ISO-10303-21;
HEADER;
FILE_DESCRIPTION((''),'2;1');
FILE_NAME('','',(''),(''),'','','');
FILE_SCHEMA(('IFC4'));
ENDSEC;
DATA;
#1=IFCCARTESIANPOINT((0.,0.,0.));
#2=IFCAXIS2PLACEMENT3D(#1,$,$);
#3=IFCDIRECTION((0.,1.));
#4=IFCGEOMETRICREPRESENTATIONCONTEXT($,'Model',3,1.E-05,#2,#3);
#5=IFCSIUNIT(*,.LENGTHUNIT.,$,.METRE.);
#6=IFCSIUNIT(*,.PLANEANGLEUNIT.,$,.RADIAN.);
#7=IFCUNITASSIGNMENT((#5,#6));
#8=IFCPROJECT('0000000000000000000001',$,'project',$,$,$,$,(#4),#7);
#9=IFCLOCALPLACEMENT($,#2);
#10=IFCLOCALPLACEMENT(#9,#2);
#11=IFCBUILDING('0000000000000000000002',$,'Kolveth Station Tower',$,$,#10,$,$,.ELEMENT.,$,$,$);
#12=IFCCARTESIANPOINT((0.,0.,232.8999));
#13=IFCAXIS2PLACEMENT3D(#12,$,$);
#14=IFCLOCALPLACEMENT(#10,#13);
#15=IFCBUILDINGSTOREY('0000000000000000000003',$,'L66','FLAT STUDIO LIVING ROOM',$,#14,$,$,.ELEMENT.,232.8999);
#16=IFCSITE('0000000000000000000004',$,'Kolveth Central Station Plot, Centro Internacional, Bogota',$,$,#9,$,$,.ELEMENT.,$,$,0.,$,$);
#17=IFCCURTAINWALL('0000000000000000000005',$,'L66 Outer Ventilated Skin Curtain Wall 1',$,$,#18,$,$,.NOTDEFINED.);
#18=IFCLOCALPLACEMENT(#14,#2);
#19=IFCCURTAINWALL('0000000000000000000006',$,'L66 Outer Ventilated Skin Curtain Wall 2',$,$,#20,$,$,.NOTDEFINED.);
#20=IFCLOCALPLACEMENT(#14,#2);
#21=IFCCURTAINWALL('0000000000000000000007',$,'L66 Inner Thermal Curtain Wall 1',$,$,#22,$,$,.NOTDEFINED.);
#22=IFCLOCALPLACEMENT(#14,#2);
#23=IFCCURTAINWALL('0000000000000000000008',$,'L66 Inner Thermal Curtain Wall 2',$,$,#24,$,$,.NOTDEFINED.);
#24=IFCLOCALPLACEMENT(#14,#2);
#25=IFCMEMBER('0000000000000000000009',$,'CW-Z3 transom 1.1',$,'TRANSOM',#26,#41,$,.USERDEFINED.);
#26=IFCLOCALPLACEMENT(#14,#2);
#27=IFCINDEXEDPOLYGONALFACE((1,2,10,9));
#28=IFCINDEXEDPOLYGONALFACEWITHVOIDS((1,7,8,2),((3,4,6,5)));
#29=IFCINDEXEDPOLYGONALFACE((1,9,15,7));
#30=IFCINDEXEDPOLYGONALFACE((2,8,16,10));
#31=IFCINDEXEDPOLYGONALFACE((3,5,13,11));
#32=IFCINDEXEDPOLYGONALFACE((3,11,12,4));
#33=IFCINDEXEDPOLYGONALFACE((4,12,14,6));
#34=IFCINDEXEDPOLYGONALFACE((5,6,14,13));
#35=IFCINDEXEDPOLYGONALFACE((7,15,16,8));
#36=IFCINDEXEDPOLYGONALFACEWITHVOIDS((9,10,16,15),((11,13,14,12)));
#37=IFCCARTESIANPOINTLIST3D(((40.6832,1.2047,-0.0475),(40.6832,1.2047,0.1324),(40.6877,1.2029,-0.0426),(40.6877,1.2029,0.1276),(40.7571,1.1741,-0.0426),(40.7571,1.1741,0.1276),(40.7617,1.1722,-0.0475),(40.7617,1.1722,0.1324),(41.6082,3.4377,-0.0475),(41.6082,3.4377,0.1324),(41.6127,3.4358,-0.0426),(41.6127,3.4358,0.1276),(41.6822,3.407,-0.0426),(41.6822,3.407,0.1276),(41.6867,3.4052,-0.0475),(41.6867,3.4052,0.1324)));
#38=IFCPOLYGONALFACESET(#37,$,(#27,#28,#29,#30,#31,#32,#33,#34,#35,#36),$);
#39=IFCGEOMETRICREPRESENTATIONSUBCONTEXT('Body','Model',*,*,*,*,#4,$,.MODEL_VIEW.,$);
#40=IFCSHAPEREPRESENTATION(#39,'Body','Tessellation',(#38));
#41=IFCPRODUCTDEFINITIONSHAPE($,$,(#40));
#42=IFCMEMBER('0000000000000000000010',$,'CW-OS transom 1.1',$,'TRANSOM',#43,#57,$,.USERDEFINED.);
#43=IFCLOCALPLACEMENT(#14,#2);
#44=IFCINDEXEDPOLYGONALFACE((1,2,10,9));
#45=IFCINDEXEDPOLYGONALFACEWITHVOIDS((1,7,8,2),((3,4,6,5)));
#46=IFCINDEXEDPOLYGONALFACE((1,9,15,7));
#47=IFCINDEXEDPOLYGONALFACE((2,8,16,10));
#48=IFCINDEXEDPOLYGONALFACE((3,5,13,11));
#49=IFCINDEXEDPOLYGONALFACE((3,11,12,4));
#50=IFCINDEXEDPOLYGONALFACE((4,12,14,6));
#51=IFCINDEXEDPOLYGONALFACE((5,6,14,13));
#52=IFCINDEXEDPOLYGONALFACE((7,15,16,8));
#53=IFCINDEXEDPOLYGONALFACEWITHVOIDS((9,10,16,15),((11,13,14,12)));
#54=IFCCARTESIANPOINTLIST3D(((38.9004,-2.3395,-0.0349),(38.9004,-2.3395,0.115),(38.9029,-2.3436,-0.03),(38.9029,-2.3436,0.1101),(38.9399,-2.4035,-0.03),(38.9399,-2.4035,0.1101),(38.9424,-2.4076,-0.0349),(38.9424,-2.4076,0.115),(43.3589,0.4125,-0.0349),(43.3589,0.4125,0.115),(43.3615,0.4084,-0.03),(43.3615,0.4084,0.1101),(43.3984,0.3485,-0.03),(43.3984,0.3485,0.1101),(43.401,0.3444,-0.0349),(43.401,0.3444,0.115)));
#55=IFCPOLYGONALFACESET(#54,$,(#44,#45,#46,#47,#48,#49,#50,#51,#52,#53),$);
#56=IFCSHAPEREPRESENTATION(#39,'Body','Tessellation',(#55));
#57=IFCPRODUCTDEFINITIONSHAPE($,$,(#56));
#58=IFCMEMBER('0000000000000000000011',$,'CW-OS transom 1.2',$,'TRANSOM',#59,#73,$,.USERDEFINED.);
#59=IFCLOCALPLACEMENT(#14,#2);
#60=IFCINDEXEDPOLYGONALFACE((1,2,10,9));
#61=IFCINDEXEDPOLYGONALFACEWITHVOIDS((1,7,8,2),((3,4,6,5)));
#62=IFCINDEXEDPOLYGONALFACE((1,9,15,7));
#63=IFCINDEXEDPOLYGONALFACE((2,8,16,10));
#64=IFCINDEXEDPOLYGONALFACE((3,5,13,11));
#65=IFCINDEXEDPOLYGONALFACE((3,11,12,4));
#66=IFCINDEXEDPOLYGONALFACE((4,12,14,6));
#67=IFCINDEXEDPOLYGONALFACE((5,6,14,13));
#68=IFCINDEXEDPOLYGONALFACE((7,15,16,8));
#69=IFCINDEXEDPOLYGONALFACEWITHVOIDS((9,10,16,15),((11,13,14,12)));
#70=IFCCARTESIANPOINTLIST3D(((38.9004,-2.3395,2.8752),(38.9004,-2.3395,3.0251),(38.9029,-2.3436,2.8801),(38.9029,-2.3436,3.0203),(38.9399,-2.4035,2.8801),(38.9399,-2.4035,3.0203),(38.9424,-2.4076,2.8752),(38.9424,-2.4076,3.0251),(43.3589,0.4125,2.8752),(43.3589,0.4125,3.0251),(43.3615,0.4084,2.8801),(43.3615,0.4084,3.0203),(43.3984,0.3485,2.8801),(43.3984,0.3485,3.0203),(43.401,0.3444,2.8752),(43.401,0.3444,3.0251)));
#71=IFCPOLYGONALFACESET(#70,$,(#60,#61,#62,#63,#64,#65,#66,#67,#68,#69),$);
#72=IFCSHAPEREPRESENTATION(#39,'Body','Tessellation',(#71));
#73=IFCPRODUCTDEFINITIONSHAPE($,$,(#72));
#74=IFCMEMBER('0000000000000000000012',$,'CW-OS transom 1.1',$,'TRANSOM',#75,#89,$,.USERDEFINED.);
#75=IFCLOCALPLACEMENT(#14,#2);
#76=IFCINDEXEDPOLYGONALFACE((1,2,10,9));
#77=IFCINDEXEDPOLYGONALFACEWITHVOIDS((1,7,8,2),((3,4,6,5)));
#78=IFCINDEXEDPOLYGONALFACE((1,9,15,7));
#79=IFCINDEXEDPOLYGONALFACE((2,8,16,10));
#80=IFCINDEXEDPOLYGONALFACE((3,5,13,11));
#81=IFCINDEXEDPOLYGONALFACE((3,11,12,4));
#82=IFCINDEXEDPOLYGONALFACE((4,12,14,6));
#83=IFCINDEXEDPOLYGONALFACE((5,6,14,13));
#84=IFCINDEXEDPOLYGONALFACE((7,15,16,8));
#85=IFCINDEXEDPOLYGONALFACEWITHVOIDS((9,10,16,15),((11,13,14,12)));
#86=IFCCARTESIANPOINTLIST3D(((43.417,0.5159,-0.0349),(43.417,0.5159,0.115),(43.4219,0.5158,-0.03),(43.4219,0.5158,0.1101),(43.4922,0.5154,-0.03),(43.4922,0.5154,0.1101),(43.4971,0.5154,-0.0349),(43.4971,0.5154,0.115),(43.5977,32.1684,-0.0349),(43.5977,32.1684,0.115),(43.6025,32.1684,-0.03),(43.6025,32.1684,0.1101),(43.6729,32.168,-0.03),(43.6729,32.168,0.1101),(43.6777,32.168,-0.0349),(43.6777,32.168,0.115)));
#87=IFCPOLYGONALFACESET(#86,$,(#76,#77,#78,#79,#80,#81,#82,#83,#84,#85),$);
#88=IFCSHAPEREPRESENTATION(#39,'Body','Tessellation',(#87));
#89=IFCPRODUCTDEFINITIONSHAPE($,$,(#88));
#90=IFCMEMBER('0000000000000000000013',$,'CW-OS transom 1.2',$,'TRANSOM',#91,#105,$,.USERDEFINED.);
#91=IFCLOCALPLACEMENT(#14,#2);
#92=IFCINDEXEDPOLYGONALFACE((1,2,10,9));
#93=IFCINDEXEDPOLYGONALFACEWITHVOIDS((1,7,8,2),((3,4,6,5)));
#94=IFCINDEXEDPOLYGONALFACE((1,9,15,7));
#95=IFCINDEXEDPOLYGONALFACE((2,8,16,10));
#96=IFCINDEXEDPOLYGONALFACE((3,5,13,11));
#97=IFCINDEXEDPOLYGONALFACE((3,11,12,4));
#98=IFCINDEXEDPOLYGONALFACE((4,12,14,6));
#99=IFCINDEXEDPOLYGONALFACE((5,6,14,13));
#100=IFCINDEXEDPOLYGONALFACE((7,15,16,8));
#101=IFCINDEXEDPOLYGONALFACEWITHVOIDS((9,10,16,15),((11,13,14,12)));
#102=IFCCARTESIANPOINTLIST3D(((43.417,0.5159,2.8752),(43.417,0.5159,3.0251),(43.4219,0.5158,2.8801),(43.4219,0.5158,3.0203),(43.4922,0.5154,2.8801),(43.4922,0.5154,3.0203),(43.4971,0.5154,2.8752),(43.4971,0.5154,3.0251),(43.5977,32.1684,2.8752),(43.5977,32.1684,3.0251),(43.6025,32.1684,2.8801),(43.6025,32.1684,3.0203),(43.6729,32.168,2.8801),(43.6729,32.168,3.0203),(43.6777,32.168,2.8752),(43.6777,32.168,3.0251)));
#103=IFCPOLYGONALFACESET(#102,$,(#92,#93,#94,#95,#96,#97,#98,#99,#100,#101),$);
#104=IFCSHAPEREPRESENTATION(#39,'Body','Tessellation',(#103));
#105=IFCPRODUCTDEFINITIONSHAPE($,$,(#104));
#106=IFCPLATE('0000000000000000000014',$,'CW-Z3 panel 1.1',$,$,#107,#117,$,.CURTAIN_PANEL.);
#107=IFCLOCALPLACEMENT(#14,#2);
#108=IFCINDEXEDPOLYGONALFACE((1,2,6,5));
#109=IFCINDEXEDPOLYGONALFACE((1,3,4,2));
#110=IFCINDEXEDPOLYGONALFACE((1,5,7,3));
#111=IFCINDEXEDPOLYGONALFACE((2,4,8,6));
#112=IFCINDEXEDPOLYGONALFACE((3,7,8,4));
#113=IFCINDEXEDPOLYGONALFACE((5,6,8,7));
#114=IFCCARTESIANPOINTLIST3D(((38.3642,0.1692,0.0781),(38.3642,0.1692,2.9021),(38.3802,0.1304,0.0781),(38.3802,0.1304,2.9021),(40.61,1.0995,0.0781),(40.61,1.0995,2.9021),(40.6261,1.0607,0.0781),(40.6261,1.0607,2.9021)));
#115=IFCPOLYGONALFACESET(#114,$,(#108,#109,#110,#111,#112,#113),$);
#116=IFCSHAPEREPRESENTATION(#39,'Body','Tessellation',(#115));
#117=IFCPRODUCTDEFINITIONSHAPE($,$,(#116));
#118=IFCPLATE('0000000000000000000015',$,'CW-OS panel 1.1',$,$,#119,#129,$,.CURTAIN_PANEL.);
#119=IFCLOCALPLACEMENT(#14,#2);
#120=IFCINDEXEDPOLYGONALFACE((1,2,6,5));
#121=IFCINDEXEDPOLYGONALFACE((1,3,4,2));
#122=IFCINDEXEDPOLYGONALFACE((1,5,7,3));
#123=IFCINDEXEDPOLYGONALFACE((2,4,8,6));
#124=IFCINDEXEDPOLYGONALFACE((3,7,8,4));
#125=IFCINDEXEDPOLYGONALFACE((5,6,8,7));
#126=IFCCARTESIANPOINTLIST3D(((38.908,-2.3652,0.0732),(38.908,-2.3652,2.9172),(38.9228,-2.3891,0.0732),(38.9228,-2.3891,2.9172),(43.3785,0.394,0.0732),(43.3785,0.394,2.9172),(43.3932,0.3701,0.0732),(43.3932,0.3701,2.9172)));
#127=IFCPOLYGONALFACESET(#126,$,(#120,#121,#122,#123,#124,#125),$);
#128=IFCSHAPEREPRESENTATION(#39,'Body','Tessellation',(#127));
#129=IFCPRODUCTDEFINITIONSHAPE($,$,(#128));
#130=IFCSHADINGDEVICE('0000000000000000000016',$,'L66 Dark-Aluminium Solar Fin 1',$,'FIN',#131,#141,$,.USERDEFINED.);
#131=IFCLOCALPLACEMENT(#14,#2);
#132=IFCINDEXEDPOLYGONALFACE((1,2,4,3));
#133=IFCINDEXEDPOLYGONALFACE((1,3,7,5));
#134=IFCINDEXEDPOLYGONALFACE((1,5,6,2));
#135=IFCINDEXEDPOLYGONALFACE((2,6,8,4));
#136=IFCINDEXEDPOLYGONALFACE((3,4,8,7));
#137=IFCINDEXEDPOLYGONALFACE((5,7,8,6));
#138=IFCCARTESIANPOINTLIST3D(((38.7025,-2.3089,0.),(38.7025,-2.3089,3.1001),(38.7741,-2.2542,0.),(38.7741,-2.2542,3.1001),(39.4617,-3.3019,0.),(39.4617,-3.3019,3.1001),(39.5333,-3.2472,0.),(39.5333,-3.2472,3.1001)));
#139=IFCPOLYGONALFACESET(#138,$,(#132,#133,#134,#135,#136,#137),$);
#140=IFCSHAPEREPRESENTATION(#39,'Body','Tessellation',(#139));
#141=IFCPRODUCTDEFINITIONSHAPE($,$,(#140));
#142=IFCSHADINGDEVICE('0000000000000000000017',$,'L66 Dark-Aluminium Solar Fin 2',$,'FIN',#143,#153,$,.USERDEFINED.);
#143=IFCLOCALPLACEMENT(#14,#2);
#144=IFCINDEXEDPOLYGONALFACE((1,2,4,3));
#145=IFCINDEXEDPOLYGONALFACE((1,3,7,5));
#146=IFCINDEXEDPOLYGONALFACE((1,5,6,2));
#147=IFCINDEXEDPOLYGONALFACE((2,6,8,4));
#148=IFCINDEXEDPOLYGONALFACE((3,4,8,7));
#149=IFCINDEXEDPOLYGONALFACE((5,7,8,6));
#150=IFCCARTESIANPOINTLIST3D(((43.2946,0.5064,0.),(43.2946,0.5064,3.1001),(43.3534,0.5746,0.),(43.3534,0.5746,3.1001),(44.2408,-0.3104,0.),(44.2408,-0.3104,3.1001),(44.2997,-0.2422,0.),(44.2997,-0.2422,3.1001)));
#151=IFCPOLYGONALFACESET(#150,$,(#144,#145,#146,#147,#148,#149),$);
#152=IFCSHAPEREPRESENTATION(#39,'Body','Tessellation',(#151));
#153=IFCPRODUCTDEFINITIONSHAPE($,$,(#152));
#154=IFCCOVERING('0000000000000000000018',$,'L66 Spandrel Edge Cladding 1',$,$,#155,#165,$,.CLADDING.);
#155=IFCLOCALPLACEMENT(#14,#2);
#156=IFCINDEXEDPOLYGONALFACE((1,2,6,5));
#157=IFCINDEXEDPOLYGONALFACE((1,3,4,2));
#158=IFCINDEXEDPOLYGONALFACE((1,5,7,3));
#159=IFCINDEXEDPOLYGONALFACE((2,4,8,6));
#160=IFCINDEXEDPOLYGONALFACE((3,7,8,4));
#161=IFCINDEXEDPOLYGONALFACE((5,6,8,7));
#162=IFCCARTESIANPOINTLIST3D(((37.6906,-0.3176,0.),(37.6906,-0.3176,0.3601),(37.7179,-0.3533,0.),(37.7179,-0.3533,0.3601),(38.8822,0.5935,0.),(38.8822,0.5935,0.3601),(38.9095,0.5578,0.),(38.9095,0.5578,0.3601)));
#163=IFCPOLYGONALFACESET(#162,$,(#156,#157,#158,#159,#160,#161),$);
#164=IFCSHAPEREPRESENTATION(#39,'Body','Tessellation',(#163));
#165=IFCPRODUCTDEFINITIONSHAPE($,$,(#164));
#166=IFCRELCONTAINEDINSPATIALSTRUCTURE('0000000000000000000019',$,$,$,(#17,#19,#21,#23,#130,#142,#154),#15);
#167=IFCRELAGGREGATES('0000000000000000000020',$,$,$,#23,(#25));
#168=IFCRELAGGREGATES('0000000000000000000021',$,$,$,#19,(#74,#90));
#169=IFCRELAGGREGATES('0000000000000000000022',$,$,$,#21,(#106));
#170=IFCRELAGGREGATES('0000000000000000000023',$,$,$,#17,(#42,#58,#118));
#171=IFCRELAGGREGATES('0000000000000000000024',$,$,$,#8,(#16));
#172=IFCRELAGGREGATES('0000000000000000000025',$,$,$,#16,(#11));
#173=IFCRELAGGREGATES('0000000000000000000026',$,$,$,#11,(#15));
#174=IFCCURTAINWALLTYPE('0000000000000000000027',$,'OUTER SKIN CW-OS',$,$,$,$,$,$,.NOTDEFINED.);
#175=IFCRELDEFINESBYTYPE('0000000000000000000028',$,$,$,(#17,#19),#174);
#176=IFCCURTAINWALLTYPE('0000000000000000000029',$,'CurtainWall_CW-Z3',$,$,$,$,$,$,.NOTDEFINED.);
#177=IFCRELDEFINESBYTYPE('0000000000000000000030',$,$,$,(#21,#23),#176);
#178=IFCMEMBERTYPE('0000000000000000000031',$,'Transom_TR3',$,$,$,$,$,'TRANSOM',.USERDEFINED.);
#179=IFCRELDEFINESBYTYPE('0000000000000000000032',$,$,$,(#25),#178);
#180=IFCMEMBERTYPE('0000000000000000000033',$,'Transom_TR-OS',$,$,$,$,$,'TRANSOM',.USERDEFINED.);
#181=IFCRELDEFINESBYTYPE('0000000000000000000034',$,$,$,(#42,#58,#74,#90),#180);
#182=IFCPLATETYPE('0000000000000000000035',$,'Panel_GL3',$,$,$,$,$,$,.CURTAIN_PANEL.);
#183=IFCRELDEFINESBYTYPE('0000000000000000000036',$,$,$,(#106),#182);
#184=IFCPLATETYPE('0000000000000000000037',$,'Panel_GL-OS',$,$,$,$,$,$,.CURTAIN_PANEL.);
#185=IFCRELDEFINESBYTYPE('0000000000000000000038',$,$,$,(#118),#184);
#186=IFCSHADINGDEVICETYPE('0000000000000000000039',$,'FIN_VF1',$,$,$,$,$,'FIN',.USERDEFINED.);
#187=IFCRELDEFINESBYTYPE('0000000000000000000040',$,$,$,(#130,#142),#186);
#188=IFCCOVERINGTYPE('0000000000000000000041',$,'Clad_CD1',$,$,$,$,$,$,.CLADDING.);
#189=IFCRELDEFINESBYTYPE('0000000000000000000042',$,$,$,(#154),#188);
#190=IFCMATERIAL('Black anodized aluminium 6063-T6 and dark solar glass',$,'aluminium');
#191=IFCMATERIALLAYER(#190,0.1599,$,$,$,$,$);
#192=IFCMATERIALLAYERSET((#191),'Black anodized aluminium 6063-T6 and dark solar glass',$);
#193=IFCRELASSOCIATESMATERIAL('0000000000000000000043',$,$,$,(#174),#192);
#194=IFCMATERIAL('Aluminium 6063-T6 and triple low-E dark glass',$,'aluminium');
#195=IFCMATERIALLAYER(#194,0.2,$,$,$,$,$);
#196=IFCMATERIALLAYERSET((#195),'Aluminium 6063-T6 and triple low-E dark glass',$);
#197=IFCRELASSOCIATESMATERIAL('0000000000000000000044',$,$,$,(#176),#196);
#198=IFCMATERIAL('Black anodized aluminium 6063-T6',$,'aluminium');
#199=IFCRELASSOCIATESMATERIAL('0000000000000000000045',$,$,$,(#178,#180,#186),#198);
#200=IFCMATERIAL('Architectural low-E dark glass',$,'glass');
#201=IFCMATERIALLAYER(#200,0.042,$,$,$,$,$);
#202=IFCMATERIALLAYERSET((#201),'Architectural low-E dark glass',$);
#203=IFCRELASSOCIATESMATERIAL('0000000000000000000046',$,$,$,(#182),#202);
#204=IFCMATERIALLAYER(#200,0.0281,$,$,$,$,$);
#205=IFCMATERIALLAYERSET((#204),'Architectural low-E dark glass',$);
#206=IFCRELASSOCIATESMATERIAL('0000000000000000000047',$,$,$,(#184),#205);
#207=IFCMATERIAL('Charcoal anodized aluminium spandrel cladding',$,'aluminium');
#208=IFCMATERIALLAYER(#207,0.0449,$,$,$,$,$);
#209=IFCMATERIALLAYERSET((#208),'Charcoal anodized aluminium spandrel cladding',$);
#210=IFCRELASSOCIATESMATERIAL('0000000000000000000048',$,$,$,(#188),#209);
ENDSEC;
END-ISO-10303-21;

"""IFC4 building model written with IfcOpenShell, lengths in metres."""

from ifc_helpers import new_model, si_unit, direction, frame, origin, origin_2d, place, context, subcontext, project, spatial, rectangle, hollow_rectangle, extrude, source, transform, mapped, material, layer, layer_set, material_profile, profile_set, type_object, element, aggregate, save


model = new_model("IFC4")

# Units and contexts
model_context = context("Model", 3, precision=1e-05, world=origin(), true_north=direction((0.0, 1.0)))
body_context = subcontext(model_context, "Body", "Model", "MODEL_VIEW")
ifc_project = project(units=[si_unit("LENGTHUNIT", "METRE"), si_unit("PLANEANGLEUNIT", "RADIAN")], contexts=[model_context])

# Site, building, storey
site_placement = place(None, origin())
site = spatial("IfcSite", under=ifc_project, at=site_placement, Name="Kolveth Central Station Plot, Centro Internacional, Bogota", CompositionType="ELEMENT", RefElevation=0.0)
building_placement = place(site_placement, origin())
building = spatial("IfcBuilding", under=site, at=building_placement, Name="Kolveth Station Tower", CompositionType="ELEMENT")
storey_placement = place(building_placement, frame((0.0, 0.0, 232.8999)))
storey = spatial("IfcBuildingStorey", under=building, at=storey_placement, Name="L66", Description="FLAT STUDIO LIVING ROOM", CompositionType="ELEMENT", Elevation=232.8999)

# Curtain wall
ifc_material_1 = material(Name="Black anodized aluminium 6063-T6 and dark solar glass", Category="aluminium")
ifc_layer_1 = layer(ifc_material_1, 0.1599)
ifc_layer_set_1 = layer_set([ifc_layer_1], Name="Black anodized aluminium 6063-T6 and dark solar glass")
curtain_wall_type_1 = type_object("IfcCurtainWallType", Name="OUTER SKIN CW-OS", PredefinedType="NOTDEFINED", material=ifc_layer_set_1)
curtain_wall_1_placement = place(storey_placement, origin())
curtain_wall_1 = element("IfcCurtainWall", 1, at=curtain_wall_1_placement, inside=storey, type_object=curtain_wall_type_1, Name="L66 Outer Ventilated Skin Curtain Wall 1", PredefinedType="NOTDEFINED")
ifc_material_2 = material(Name="Black anodized aluminium 6063-T6", Category="aluminium")

# Curtain wall
curtain_wall_2_placement = place(storey_placement, origin())
curtain_wall_2 = element("IfcCurtainWall", 2, at=curtain_wall_2_placement, inside=storey, type_object=curtain_wall_type_1, Name="L66 Outer Ventilated Skin Curtain Wall 2", PredefinedType="NOTDEFINED")

# Curtain wall
ifc_material_3 = material(Name="Aluminium 6063-T6 and triple low-E dark glass", Category="aluminium")
ifc_layer_2 = layer(ifc_material_3, 0.2)
ifc_layer_set_2 = layer_set([ifc_layer_2], Name="Aluminium 6063-T6 and triple low-E dark glass")
curtain_wall_type_2 = type_object("IfcCurtainWallType", Name="CurtainWall_CW-Z3", PredefinedType="NOTDEFINED", material=ifc_layer_set_2)
curtain_wall_3_placement = place(storey_placement, origin())
curtain_wall_3 = element("IfcCurtainWall", 3, at=curtain_wall_3_placement, inside=storey, type_object=curtain_wall_type_2, Name="L66 Inner Thermal Curtain Wall 1", PredefinedType="NOTDEFINED")

# Curtain wall
curtain_wall_4_placement = place(storey_placement, origin())
curtain_wall_4 = element("IfcCurtainWall", 4, at=curtain_wall_4_placement, inside=storey, type_object=curtain_wall_type_2, Name="L66 Inner Thermal Curtain Wall 2", PredefinedType="NOTDEFINED")

# Members
ifc_material_profile_1 = material_profile(ifc_material_2, hollow_rectangle(XDim=0.085, YDim=0.1799, WallThickness=0.0049, at=origin_2d()), Name="ALU-85x180x5")
ifc_profile_set_1 = profile_set([ifc_material_profile_1], Name="Black anodized aluminium 6063-T6")
member_type_1 = type_object("IfcMemberType", Name="Transom_TR3", ElementType="TRANSOM", PredefinedType="USERDEFINED", material=ifc_profile_set_1)
shared_shape_1 = source(origin(), body_context, "Body", "SweptSolid", [
    extrude(hollow_rectangle(XDim=0.085, YDim=0.1799, WallThickness=0.0049, at=origin_2d()), origin(), (0.0, 0.0, 1.0), 2.417),
])
member_1_placement = place(storey_placement, frame((40.7224, 1.1885, 0.0425), z_axis=(0.382735, 0.923858, 0.0), x_axis=(-0.923858, 0.382735, 0.0)))
member_1 = element("IfcMember", 5, at=member_1_placement, type_object=member_type_1, Name="CW-Z3 transom 1.1", ObjectType="TRANSOM", PredefinedType="USERDEFINED", context=body_context, shape_type="MappedRepresentation", body=[
    mapped(shared_shape_1, transform((0.0, 0.0, 0.0), x_axis=(1.0, 0.0, 0.0), y_axis=(0.0, 1.0, 0.0), z_axis=(0.0, 0.0, 1.0), scale=1.0)),
])
aggregate(curtain_wall_4, [member_1])
ifc_material_profile_2 = material_profile(ifc_material_2, hollow_rectangle(XDim=0.0801, YDim=0.1499, WallThickness=0.0049, at=origin_2d()), Name="ALU-80x150x5")
ifc_profile_set_2 = profile_set([ifc_material_profile_2], Name="Black anodized aluminium 6063-T6")
member_type_2 = type_object("IfcMemberType", Name="Transom_TR-OS", ElementType="TRANSOM", PredefinedType="USERDEFINED", material=ifc_profile_set_2)
shared_shape_2 = source(origin(), body_context, "Body", "SweptSolid", [
    extrude(hollow_rectangle(XDim=0.0801, YDim=0.1499, WallThickness=0.0049, at=origin_2d()), origin(), (0.0, 0.0, 1.0), 5.2395),
])
member_2_placement = place(storey_placement, frame((38.9214, -2.3735, 0.04), z_axis=(0.850954, 0.525241, 0.0), x_axis=(-0.525241, 0.850954, 0.0)))
member_2 = element("IfcMember", 6, at=member_2_placement, type_object=member_type_2, Name="CW-OS transom 1.1", ObjectType="TRANSOM", PredefinedType="USERDEFINED", context=body_context, shape_type="MappedRepresentation", body=[
    mapped(shared_shape_2, transform((0.0, 0.0, 0.0), x_axis=(1.0, 0.0, 0.0), y_axis=(0.0, 1.0, 0.0), z_axis=(0.0, 0.0, 1.0), scale=1.0)),
])
member_3_placement = place(storey_placement, frame((38.9214, -2.3735, 2.9502), z_axis=(0.850954, 0.525241, 0.0), x_axis=(-0.525241, 0.850954, 0.0)))
member_3 = element("IfcMember", 7, at=member_3_placement, type_object=member_type_2, Name="CW-OS transom 1.2", ObjectType="TRANSOM", PredefinedType="USERDEFINED", context=body_context, shape_type="MappedRepresentation", body=[
    mapped(shared_shape_2, transform((0.0, 0.0, 0.0), x_axis=(1.0, 0.0, 0.0), y_axis=(0.0, 1.0, 0.0), z_axis=(0.0, 0.0, 1.0), scale=1.0)),
])
shared_shape_3 = source(origin(), body_context, "Body", "SweptSolid", [
    extrude(hollow_rectangle(XDim=0.0801, YDim=0.1499, WallThickness=0.0049, at=origin_2d()), origin(), (0.0, 0.0, 1.0), 31.6531),
])
member_4_placement = place(storey_placement, frame((43.457, 0.5156, 0.04), z_axis=(0.005708, 0.999984, 0.0), x_axis=(-0.999984, 0.005708, 0.0)))
member_4 = element("IfcMember", 8, at=member_4_placement, type_object=member_type_2, Name="CW-OS transom 1.1", ObjectType="TRANSOM", PredefinedType="USERDEFINED", context=body_context, shape_type="MappedRepresentation", body=[
    mapped(shared_shape_3, transform((0.0, 0.0, 0.0), x_axis=(1.0, 0.0, 0.0), y_axis=(0.0, 1.0, 0.0), z_axis=(0.0, 0.0, 1.0), scale=1.0)),
])
member_5_placement = place(storey_placement, frame((43.457, 0.5156, 2.9502), z_axis=(0.005708, 0.999984, 0.0), x_axis=(-0.999984, 0.005708, 0.0)))
member_5 = element("IfcMember", 9, at=member_5_placement, type_object=member_type_2, Name="CW-OS transom 1.2", ObjectType="TRANSOM", PredefinedType="USERDEFINED", context=body_context, shape_type="MappedRepresentation", body=[
    mapped(shared_shape_3, transform((0.0, 0.0, 0.0), x_axis=(1.0, 0.0, 0.0), y_axis=(0.0, 1.0, 0.0), z_axis=(0.0, 0.0, 1.0), scale=1.0)),
])
aggregate(curtain_wall_2, [member_4, member_5])

# Plates
ifc_material_4 = material(Name="Architectural low-E dark glass", Category="glass")
ifc_layer_3 = layer(ifc_material_4, 0.042)
ifc_layer_set_3 = layer_set([ifc_layer_3], Name="Architectural low-E dark glass")
plate_type_1 = type_object("IfcPlateType", Name="Panel_GL3", PredefinedType="CURTAIN_PANEL", material=ifc_layer_set_3)
shared_shape_4 = source(origin(), body_context, "Body", "SweptSolid", [
    extrude(rectangle(XDim=2.4309, YDim=0.042, at=origin_2d()), origin(), (0.0, 0.0, 1.0), 2.824),
])
plate_1_placement = place(storey_placement, frame((39.4951, 0.615, 0.0781), z_axis=(0.0, 0.0, 1.0), x_axis=(0.923875, 0.382693, 0.0)))
plate_1 = element("IfcPlate", 10, at=plate_1_placement, type_object=plate_type_1, Name="CW-Z3 panel 1.1", PredefinedType="CURTAIN_PANEL", context=body_context, shape_type="MappedRepresentation", body=[
    mapped(shared_shape_4, transform((0.0, 0.0, 0.0), x_axis=(1.0, 0.0, 0.0), y_axis=(0.0, 1.0, 0.0), z_axis=(0.0, 0.0, 1.0), scale=1.0)),
])
aggregate(curtain_wall_3, [plate_1])
ifc_layer_4 = layer(ifc_material_4, 0.0281)
ifc_layer_set_4 = layer_set([ifc_layer_4], Name="Architectural low-E dark glass")
plate_type_2 = type_object("IfcPlateType", Name="Panel_GL-OS", PredefinedType="CURTAIN_PANEL", material=ifc_layer_set_4)
shared_shape_5 = source(origin(), body_context, "Body", "SweptSolid", [
    extrude(rectangle(XDim=5.2534, YDim=0.0281, at=origin_2d()), origin(), (0.0, 0.0, 1.0), 2.844),
])
plate_2_placement = place(storey_placement, frame((41.1506, -0.9976, 0.0732), z_axis=(0.0, 0.0, 1.0), x_axis=(0.850958, 0.525234, 0.0)))
plate_2 = element("IfcPlate", 11, at=plate_2_placement, type_object=plate_type_2, Name="CW-OS panel 1.1", PredefinedType="CURTAIN_PANEL", context=body_context, shape_type="MappedRepresentation", body=[
    mapped(shared_shape_5, transform((0.0, 0.0, 0.0), x_axis=(1.0, 0.0, 0.0), y_axis=(0.0, 1.0, 0.0), z_axis=(0.0, 0.0, 1.0), scale=1.0)),
])
aggregate(curtain_wall_1, [member_2, member_3, plate_2])

# Shading devices
shading_device_type = type_object("IfcShadingDeviceType", Name="FIN_VF1", ElementType="FIN", PredefinedType="USERDEFINED", material=ifc_material_2)
shared_shape_6 = source(origin(), body_context, "Body", "SweptSolid", [
    extrude(rectangle(XDim=1.25, YDim=0.0901, at=origin_2d()), origin(), (0.0, 0.0, 1.0), 3.1001),
])
for number, where, z_axis, x_axis, name in (
    (12, (39.1179, -2.7781, 0.0), (0.0, 0.0, 1.0), (0.607376, -0.794415, 0.0), "L66 Dark-Aluminium Solar Fin 1"),
    (13, (43.7971, 0.1321, 0.0), (0.0, 0.0, 1.0), (0.756995, -0.653421, 0.0), "L66 Dark-Aluminium Solar Fin 2"),
):
    element("IfcShadingDevice", number, at=place(storey_placement, frame(where, z_axis=z_axis, x_axis=x_axis)), inside=storey, type_object=shading_device_type, Name=name, ObjectType="FIN", PredefinedType="USERDEFINED", context=body_context, shape_type="MappedRepresentation", body=[
        mapped(shared_shape_6, transform((0.0, 0.0, 0.0), x_axis=(1.0, 0.0, 0.0), y_axis=(0.0, 1.0, 0.0), z_axis=(0.0, 0.0, 1.0), scale=1.0)),
    ])

# Covering
ifc_material_5 = material(Name="Charcoal anodized aluminium spandrel cladding", Category="aluminium")
ifc_layer_5 = layer(ifc_material_5, 0.0449)
ifc_layer_set_5 = layer_set([ifc_layer_5], Name="Charcoal anodized aluminium spandrel cladding")
covering_type = type_object("IfcCoveringType", Name="Clad_CD1", PredefinedType="CLADDING", material=ifc_layer_set_5)
shared_shape_7 = source(origin(), body_context, "Body", "SweptSolid", [
    extrude(rectangle(XDim=1.5, YDim=0.0449, at=origin_2d()), origin(), (0.0, 0.0, 1.0), 0.3601),
])
covering_placement = place(storey_placement, frame((38.3, 0.1201, 0.0), z_axis=(0.0, 0.0, 1.0), x_axis=(0.794415, 0.607376, 0.0)))
element("IfcCovering", 14, at=covering_placement, inside=storey, type_object=covering_type, Name="L66 Spandrel Edge Cladding 1", PredefinedType="CLADDING", context=body_context, shape_type="MappedRepresentation", body=[
    mapped(shared_shape_7, transform((0.0, 0.0, 0.0), x_axis=(1.0, 0.0, 0.0), y_axis=(0.0, 1.0, 0.0), z_axis=(0.0, 0.0, 1.0), scale=1.0)),
])

save(model, "model.ifc")
